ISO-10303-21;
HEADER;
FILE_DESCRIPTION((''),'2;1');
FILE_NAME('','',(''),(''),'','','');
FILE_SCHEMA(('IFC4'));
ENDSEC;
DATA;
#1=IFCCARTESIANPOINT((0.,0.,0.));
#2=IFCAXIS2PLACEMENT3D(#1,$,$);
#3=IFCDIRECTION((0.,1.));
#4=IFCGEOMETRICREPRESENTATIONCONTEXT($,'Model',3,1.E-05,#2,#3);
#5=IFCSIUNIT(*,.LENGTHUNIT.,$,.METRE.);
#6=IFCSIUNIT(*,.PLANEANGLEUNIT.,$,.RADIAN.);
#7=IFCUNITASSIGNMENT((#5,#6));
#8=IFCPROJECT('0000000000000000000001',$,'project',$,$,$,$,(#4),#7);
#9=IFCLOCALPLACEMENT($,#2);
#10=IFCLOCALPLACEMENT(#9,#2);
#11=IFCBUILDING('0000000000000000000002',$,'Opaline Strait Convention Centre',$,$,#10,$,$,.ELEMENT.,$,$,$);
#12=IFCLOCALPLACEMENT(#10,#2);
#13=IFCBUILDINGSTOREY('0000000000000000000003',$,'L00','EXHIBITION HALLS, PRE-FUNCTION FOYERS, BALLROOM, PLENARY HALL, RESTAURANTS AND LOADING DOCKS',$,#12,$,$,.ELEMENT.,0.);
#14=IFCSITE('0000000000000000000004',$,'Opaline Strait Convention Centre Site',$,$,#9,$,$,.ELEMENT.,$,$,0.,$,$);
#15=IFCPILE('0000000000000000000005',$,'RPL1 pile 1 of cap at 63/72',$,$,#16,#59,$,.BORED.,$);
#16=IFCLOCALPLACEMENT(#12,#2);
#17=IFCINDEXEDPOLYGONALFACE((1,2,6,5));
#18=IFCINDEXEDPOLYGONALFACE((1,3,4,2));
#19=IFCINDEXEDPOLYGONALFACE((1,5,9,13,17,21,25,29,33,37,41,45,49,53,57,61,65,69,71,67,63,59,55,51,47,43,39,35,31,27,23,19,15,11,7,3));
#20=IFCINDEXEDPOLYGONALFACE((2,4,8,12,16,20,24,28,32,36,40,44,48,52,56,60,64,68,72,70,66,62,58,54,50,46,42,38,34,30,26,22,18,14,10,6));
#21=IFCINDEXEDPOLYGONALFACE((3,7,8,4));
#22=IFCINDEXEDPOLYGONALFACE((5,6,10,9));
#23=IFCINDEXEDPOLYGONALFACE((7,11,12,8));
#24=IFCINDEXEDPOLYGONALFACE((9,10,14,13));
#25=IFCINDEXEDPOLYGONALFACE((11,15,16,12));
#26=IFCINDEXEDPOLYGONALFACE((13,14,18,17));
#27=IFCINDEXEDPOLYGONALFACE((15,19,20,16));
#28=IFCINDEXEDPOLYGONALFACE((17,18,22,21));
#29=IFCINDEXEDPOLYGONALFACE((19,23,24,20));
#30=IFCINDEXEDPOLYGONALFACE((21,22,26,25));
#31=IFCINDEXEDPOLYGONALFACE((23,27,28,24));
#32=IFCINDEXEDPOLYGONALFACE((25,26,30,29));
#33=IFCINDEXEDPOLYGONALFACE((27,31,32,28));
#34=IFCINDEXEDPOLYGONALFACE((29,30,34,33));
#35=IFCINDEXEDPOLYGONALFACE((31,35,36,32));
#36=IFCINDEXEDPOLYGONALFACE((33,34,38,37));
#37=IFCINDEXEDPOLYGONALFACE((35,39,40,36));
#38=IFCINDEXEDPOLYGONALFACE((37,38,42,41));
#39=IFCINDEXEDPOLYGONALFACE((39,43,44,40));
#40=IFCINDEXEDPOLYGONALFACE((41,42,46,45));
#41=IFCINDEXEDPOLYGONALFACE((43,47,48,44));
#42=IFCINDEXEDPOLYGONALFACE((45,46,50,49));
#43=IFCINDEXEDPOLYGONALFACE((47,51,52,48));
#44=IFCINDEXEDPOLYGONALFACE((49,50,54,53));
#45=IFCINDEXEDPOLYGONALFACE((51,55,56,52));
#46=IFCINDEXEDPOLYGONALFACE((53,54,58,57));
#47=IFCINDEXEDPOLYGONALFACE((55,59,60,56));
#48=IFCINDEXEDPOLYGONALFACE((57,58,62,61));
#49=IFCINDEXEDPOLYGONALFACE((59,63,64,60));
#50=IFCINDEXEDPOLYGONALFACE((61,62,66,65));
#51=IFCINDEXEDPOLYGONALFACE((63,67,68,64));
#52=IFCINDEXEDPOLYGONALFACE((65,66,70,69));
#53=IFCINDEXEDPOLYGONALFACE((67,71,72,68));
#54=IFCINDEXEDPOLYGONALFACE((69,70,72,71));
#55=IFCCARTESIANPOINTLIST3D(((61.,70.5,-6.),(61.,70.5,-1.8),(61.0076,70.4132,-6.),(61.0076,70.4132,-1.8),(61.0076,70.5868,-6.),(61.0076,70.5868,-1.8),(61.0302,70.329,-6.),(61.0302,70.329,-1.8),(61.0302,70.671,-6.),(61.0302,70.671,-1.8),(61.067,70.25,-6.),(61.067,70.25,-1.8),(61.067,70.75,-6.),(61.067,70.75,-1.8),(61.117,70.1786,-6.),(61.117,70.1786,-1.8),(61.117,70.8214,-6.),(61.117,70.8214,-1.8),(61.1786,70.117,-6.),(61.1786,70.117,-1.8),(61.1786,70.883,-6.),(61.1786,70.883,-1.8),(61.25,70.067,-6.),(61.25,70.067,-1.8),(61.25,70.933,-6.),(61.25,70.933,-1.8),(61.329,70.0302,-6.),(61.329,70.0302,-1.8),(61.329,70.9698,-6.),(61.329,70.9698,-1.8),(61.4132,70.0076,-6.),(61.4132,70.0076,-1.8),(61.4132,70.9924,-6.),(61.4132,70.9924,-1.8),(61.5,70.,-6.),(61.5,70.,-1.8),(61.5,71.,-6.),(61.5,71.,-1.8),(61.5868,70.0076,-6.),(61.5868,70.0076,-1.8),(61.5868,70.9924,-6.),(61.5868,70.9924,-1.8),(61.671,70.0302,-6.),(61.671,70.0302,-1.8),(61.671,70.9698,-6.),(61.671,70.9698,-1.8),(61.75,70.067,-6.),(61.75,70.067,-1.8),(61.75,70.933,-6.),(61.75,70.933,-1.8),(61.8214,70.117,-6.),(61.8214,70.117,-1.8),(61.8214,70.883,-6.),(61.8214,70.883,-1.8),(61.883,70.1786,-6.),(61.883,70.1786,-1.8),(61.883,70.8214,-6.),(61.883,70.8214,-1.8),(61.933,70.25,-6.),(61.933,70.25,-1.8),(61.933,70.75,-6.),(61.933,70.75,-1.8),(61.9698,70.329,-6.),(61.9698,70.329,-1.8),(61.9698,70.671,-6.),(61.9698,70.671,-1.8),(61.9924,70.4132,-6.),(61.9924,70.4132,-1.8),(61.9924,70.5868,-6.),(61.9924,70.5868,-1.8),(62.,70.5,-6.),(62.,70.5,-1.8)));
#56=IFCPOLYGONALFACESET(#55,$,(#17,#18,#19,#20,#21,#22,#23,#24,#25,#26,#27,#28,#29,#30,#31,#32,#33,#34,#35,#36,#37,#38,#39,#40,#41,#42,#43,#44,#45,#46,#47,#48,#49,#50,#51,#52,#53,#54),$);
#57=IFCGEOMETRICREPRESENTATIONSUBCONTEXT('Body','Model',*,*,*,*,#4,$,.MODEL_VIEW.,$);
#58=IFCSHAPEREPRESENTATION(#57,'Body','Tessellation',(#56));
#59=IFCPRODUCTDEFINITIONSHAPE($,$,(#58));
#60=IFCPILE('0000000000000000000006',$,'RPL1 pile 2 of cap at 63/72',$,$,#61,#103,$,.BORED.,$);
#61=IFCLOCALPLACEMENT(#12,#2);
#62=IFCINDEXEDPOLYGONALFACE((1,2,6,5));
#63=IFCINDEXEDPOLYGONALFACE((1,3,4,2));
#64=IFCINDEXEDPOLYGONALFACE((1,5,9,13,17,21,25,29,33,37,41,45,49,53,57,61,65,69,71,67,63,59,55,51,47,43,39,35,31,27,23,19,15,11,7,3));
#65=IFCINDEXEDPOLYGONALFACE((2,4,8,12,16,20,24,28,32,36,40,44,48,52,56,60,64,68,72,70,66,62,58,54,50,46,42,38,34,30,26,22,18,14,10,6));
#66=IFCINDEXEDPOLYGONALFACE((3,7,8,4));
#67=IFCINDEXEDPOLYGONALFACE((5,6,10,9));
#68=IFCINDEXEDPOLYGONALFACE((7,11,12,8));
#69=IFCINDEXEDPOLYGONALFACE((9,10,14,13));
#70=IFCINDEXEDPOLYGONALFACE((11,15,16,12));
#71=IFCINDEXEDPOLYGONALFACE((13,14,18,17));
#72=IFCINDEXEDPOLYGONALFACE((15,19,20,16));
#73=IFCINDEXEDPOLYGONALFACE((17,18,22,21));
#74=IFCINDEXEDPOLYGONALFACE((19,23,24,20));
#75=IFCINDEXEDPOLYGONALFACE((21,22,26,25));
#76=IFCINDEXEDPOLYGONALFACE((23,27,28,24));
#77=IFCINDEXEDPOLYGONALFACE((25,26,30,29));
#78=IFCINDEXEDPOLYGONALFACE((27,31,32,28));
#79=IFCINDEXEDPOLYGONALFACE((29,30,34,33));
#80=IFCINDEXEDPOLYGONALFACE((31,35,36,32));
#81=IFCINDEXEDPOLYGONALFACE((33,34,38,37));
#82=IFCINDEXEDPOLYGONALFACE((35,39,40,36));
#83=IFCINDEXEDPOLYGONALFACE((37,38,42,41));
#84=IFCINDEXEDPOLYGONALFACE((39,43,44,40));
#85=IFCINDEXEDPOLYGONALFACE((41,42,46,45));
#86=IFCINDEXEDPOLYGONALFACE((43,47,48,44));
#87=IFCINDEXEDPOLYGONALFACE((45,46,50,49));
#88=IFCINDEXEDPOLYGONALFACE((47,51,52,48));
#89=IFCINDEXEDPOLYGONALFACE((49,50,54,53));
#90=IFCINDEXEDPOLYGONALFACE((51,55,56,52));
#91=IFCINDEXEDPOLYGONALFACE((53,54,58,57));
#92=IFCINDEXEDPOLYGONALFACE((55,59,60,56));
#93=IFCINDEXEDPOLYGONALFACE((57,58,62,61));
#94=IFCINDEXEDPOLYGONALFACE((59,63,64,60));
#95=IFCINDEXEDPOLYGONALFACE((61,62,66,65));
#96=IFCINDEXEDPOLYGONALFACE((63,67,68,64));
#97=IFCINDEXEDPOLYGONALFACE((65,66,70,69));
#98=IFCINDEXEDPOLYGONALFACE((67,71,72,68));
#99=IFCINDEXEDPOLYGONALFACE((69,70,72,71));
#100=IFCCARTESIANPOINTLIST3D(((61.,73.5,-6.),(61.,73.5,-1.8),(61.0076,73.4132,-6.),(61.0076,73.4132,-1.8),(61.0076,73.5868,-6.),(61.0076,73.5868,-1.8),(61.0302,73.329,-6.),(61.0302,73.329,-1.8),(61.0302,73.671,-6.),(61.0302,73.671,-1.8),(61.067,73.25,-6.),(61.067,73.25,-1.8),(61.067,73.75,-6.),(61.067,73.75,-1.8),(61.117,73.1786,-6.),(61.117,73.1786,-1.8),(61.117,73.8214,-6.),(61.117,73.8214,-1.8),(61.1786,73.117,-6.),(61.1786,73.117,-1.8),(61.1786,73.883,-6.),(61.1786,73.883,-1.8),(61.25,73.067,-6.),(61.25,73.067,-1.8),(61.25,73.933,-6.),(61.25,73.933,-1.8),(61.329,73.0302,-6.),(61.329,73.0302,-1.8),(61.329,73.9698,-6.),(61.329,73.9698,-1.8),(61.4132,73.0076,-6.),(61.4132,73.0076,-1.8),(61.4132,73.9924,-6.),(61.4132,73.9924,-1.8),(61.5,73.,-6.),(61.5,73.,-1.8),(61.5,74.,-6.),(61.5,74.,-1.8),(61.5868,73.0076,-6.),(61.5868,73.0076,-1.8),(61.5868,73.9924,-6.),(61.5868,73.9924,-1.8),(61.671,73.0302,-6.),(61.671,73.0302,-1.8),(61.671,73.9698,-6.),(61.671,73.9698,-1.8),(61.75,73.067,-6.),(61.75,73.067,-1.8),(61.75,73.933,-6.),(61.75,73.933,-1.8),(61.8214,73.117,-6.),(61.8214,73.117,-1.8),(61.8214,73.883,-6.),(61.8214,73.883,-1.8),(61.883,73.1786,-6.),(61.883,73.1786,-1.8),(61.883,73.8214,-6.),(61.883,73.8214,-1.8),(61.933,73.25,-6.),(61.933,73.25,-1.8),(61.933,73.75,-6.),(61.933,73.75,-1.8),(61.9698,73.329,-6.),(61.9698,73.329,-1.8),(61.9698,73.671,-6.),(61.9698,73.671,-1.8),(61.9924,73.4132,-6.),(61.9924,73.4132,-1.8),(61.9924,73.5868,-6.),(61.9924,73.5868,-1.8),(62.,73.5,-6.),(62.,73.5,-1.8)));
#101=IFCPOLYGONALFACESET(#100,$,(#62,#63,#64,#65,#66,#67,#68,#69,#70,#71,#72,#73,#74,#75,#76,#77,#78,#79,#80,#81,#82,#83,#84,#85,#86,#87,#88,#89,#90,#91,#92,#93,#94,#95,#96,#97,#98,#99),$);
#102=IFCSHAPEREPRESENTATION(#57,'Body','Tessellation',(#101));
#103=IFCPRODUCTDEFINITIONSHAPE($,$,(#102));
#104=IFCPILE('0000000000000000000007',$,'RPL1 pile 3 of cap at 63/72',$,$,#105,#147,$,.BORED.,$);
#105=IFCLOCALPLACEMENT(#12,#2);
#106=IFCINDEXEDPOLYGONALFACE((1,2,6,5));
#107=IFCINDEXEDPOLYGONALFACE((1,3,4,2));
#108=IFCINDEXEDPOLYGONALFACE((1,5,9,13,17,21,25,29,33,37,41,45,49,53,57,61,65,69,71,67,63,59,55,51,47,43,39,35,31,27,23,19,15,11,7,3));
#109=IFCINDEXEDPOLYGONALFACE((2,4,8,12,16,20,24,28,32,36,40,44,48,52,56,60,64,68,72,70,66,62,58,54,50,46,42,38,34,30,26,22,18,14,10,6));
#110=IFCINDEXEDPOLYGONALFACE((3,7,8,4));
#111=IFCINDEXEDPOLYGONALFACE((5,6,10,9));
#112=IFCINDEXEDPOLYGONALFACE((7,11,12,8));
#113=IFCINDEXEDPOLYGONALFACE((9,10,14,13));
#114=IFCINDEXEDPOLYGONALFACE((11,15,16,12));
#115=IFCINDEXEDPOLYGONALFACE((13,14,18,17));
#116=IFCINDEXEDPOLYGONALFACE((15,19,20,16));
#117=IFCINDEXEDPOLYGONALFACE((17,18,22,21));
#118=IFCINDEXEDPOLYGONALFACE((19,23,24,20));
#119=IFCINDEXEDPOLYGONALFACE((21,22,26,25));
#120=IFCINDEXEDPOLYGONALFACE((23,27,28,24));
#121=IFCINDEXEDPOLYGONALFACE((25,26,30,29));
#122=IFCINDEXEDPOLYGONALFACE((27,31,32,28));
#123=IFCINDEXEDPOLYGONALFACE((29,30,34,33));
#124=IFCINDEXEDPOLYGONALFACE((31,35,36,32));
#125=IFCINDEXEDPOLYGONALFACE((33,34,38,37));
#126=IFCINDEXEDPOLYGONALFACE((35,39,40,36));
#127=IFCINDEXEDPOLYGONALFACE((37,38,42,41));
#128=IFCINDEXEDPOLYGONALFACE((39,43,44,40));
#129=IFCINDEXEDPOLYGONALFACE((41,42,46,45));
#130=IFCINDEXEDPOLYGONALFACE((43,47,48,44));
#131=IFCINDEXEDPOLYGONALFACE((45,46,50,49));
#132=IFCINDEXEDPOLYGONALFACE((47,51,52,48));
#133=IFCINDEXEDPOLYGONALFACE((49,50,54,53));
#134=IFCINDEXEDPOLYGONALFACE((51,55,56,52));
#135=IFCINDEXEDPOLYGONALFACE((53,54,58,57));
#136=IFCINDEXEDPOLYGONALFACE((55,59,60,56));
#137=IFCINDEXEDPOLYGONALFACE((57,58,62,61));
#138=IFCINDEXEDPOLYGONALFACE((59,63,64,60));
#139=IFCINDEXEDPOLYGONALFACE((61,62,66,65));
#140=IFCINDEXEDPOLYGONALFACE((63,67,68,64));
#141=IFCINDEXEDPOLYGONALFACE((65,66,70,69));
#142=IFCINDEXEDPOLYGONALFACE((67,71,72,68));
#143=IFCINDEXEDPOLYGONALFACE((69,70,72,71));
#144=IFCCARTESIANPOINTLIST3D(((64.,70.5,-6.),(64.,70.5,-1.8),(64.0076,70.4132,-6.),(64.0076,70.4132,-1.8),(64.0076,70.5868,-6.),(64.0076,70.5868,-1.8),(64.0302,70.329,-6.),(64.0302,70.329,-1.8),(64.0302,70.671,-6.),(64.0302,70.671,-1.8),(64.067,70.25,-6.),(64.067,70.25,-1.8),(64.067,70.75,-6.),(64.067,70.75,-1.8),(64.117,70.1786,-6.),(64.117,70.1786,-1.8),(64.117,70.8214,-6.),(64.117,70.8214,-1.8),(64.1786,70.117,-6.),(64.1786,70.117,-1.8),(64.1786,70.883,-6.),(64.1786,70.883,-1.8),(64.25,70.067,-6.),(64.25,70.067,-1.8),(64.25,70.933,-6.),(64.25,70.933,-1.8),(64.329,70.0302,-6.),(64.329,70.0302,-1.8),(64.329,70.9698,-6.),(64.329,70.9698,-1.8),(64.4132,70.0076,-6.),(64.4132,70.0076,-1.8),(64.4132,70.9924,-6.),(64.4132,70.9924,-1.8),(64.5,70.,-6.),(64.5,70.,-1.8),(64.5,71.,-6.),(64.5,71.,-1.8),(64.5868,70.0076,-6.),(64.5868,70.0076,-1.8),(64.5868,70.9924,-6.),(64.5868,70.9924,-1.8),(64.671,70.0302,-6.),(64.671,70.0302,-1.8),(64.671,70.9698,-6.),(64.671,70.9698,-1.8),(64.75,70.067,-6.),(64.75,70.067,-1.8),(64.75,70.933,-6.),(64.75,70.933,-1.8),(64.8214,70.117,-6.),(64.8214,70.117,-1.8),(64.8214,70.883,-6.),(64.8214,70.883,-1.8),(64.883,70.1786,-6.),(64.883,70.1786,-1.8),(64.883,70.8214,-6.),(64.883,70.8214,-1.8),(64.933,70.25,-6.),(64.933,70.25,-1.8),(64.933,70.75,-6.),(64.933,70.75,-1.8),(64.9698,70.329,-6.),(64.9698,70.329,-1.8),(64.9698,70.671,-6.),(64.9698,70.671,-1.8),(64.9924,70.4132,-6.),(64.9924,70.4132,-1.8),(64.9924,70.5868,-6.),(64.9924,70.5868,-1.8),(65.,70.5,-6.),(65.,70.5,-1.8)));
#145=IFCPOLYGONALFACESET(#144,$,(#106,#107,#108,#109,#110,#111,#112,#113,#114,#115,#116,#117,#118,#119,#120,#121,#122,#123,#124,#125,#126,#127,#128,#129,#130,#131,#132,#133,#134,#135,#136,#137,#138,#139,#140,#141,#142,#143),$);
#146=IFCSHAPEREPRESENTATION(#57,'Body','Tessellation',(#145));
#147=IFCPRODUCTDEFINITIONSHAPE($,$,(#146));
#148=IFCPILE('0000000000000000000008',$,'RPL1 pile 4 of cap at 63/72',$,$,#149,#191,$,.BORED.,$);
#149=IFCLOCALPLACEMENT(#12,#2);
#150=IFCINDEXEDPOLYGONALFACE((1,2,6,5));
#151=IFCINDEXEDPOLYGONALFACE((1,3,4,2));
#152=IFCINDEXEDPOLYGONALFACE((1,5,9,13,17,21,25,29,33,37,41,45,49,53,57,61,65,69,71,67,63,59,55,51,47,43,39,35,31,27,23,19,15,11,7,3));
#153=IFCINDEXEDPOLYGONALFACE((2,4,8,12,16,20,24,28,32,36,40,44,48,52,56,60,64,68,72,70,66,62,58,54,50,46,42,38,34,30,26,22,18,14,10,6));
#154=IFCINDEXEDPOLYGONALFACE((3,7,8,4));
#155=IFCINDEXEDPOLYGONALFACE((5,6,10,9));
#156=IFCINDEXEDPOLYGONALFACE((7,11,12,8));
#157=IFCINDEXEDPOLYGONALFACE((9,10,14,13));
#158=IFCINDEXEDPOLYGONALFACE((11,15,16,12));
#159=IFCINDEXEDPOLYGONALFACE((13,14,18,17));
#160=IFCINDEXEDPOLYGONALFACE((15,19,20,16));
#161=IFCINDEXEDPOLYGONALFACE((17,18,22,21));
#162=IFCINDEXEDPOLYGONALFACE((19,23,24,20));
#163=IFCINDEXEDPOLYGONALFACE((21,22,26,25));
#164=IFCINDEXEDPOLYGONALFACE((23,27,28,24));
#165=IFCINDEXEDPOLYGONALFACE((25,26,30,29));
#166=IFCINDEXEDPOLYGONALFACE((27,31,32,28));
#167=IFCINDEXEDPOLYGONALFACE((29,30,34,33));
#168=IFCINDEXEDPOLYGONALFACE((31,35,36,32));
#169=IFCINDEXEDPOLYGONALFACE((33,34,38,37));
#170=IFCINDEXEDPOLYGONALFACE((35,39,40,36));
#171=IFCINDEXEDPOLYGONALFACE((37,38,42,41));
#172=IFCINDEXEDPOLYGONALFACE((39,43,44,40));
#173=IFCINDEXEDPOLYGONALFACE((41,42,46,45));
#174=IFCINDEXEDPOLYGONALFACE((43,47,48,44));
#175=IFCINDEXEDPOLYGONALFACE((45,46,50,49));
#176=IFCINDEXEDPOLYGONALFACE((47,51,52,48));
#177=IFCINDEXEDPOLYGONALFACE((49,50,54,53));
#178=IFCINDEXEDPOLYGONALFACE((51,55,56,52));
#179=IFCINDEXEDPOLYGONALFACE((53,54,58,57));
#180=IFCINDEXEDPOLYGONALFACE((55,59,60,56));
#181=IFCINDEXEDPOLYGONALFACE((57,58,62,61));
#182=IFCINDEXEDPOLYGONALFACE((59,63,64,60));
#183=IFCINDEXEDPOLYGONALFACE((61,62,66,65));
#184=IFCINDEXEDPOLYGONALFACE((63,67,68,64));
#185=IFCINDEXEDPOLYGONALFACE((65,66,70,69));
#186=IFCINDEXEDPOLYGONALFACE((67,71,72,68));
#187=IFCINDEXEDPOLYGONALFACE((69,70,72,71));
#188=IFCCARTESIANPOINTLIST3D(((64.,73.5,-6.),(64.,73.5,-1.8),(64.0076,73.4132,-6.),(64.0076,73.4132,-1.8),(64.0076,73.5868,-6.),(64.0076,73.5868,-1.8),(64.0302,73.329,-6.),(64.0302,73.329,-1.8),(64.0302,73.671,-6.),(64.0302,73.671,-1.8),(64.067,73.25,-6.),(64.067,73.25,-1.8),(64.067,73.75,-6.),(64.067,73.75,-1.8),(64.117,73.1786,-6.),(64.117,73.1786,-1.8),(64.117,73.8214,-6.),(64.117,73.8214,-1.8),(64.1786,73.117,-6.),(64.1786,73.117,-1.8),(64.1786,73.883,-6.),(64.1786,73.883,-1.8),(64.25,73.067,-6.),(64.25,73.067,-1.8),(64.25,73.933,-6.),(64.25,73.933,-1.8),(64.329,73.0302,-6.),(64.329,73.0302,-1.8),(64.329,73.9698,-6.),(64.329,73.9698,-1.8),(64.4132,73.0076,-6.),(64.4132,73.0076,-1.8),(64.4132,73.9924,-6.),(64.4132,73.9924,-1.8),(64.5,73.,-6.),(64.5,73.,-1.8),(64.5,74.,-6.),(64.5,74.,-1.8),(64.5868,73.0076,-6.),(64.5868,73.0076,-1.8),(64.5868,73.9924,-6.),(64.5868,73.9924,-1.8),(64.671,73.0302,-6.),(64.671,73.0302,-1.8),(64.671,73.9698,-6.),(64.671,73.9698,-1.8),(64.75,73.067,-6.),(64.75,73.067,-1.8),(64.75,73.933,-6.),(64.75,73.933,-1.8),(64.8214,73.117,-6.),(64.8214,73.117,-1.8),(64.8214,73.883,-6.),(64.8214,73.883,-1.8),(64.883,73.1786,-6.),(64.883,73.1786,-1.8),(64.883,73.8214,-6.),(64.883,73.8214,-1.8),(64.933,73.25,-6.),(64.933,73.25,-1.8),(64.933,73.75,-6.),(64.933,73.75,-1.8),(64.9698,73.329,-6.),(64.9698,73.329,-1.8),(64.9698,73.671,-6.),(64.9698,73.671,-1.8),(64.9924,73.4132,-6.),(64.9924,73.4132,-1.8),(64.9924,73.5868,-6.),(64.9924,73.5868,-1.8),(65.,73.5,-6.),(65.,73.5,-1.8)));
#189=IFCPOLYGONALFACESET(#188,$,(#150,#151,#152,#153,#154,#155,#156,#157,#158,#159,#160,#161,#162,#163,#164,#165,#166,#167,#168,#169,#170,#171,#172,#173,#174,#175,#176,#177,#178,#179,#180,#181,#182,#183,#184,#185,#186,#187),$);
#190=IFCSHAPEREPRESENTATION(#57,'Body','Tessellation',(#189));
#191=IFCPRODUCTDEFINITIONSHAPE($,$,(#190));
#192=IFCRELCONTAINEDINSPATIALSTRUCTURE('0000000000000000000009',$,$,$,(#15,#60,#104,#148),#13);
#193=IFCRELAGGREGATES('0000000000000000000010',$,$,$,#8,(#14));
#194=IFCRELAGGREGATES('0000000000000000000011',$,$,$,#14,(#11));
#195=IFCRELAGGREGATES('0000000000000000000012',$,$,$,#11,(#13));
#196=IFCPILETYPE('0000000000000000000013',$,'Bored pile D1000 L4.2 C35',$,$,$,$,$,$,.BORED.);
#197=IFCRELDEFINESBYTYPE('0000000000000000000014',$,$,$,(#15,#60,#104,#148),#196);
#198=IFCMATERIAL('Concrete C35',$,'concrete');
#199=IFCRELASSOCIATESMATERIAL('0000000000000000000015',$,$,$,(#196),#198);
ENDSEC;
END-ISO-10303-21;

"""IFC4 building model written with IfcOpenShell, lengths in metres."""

from ifc_helpers import new_model, si_unit, direction, frame, origin, origin_2d, place, context, subcontext, project, spatial, circle, extrude, material, material_profile, profile_set, type_object, element, save


model = new_model("IFC4")

# Units and contexts
model_context = context("Model", 3, precision=1e-05, world=origin(), true_north=direction((0.0, 1.0)))
body_context = subcontext(model_context, "Body", "Model", "MODEL_VIEW")
ifc_project = project(units=[si_unit("LENGTHUNIT", "METRE"), si_unit("PLANEANGLEUNIT", "RADIAN")], contexts=[model_context])

# Site, building, storey
site_placement = place(None, origin())
site = spatial("IfcSite", under=ifc_project, at=site_placement, Name="Opaline Strait Convention Centre Site", CompositionType="ELEMENT", RefElevation=0.0)
building_placement = place(site_placement, origin())
building = spatial("IfcBuilding", under=site, at=building_placement, Name="Opaline Strait Convention Centre", CompositionType="ELEMENT")
storey_placement = place(building_placement, origin())
storey = spatial("IfcBuildingStorey", under=building, at=storey_placement, Name="L00", Description="EXHIBITION HALLS, PRE-FUNCTION FOYERS, BALLROOM, PLENARY HALL, RESTAURANTS AND LOADING DOCKS", CompositionType="ELEMENT", Elevation=0.0)

# Piles
ifc_material_1 = material(Name="Concrete C35", Category="concrete")
ifc_material_profile_1 = material_profile(ifc_material_1, circle(Radius=0.5, at=origin_2d()), Name="D1000")
ifc_profile_set_1 = profile_set([ifc_material_profile_1], Name="Concrete C35")
pile_type = type_object("IfcPileType", Name="Bored pile D1000 L4.2 C35", PredefinedType="BORED", material=ifc_profile_set_1)
for number, where, z_axis, x_axis, name in (
    (1, (61.5, 70.5, -1.8), (0.0, 0.0, -1.0), (1.0, 0.0, 0.0), "RPL1 pile 1 of cap at 63/72"),
    (2, (61.5, 73.5, -1.8), (0.0, 0.0, -1.0), (1.0, 0.0, 0.0), "RPL1 pile 2 of cap at 63/72"),
    (3, (64.5, 70.5, -1.8), (0.0, 0.0, -1.0), (1.0, 0.0, 0.0), "RPL1 pile 3 of cap at 63/72"),
    (4, (64.5, 73.5, -1.8), (0.0, 0.0, -1.0), (1.0, 0.0, 0.0), "RPL1 pile 4 of cap at 63/72"),
):
    element("IfcPile", number, at=place(storey_placement, frame(where, z_axis=z_axis, x_axis=x_axis)), inside=storey, type_object=pile_type, Name=name, PredefinedType="BORED", context=body_context, shape_type="SweptSolid", body=[
        extrude(circle(Radius=0.5, at=origin_2d()), origin(), (0.0, 0.0, 1.0), 4.2),
    ])

save(model, "model.ifc")
